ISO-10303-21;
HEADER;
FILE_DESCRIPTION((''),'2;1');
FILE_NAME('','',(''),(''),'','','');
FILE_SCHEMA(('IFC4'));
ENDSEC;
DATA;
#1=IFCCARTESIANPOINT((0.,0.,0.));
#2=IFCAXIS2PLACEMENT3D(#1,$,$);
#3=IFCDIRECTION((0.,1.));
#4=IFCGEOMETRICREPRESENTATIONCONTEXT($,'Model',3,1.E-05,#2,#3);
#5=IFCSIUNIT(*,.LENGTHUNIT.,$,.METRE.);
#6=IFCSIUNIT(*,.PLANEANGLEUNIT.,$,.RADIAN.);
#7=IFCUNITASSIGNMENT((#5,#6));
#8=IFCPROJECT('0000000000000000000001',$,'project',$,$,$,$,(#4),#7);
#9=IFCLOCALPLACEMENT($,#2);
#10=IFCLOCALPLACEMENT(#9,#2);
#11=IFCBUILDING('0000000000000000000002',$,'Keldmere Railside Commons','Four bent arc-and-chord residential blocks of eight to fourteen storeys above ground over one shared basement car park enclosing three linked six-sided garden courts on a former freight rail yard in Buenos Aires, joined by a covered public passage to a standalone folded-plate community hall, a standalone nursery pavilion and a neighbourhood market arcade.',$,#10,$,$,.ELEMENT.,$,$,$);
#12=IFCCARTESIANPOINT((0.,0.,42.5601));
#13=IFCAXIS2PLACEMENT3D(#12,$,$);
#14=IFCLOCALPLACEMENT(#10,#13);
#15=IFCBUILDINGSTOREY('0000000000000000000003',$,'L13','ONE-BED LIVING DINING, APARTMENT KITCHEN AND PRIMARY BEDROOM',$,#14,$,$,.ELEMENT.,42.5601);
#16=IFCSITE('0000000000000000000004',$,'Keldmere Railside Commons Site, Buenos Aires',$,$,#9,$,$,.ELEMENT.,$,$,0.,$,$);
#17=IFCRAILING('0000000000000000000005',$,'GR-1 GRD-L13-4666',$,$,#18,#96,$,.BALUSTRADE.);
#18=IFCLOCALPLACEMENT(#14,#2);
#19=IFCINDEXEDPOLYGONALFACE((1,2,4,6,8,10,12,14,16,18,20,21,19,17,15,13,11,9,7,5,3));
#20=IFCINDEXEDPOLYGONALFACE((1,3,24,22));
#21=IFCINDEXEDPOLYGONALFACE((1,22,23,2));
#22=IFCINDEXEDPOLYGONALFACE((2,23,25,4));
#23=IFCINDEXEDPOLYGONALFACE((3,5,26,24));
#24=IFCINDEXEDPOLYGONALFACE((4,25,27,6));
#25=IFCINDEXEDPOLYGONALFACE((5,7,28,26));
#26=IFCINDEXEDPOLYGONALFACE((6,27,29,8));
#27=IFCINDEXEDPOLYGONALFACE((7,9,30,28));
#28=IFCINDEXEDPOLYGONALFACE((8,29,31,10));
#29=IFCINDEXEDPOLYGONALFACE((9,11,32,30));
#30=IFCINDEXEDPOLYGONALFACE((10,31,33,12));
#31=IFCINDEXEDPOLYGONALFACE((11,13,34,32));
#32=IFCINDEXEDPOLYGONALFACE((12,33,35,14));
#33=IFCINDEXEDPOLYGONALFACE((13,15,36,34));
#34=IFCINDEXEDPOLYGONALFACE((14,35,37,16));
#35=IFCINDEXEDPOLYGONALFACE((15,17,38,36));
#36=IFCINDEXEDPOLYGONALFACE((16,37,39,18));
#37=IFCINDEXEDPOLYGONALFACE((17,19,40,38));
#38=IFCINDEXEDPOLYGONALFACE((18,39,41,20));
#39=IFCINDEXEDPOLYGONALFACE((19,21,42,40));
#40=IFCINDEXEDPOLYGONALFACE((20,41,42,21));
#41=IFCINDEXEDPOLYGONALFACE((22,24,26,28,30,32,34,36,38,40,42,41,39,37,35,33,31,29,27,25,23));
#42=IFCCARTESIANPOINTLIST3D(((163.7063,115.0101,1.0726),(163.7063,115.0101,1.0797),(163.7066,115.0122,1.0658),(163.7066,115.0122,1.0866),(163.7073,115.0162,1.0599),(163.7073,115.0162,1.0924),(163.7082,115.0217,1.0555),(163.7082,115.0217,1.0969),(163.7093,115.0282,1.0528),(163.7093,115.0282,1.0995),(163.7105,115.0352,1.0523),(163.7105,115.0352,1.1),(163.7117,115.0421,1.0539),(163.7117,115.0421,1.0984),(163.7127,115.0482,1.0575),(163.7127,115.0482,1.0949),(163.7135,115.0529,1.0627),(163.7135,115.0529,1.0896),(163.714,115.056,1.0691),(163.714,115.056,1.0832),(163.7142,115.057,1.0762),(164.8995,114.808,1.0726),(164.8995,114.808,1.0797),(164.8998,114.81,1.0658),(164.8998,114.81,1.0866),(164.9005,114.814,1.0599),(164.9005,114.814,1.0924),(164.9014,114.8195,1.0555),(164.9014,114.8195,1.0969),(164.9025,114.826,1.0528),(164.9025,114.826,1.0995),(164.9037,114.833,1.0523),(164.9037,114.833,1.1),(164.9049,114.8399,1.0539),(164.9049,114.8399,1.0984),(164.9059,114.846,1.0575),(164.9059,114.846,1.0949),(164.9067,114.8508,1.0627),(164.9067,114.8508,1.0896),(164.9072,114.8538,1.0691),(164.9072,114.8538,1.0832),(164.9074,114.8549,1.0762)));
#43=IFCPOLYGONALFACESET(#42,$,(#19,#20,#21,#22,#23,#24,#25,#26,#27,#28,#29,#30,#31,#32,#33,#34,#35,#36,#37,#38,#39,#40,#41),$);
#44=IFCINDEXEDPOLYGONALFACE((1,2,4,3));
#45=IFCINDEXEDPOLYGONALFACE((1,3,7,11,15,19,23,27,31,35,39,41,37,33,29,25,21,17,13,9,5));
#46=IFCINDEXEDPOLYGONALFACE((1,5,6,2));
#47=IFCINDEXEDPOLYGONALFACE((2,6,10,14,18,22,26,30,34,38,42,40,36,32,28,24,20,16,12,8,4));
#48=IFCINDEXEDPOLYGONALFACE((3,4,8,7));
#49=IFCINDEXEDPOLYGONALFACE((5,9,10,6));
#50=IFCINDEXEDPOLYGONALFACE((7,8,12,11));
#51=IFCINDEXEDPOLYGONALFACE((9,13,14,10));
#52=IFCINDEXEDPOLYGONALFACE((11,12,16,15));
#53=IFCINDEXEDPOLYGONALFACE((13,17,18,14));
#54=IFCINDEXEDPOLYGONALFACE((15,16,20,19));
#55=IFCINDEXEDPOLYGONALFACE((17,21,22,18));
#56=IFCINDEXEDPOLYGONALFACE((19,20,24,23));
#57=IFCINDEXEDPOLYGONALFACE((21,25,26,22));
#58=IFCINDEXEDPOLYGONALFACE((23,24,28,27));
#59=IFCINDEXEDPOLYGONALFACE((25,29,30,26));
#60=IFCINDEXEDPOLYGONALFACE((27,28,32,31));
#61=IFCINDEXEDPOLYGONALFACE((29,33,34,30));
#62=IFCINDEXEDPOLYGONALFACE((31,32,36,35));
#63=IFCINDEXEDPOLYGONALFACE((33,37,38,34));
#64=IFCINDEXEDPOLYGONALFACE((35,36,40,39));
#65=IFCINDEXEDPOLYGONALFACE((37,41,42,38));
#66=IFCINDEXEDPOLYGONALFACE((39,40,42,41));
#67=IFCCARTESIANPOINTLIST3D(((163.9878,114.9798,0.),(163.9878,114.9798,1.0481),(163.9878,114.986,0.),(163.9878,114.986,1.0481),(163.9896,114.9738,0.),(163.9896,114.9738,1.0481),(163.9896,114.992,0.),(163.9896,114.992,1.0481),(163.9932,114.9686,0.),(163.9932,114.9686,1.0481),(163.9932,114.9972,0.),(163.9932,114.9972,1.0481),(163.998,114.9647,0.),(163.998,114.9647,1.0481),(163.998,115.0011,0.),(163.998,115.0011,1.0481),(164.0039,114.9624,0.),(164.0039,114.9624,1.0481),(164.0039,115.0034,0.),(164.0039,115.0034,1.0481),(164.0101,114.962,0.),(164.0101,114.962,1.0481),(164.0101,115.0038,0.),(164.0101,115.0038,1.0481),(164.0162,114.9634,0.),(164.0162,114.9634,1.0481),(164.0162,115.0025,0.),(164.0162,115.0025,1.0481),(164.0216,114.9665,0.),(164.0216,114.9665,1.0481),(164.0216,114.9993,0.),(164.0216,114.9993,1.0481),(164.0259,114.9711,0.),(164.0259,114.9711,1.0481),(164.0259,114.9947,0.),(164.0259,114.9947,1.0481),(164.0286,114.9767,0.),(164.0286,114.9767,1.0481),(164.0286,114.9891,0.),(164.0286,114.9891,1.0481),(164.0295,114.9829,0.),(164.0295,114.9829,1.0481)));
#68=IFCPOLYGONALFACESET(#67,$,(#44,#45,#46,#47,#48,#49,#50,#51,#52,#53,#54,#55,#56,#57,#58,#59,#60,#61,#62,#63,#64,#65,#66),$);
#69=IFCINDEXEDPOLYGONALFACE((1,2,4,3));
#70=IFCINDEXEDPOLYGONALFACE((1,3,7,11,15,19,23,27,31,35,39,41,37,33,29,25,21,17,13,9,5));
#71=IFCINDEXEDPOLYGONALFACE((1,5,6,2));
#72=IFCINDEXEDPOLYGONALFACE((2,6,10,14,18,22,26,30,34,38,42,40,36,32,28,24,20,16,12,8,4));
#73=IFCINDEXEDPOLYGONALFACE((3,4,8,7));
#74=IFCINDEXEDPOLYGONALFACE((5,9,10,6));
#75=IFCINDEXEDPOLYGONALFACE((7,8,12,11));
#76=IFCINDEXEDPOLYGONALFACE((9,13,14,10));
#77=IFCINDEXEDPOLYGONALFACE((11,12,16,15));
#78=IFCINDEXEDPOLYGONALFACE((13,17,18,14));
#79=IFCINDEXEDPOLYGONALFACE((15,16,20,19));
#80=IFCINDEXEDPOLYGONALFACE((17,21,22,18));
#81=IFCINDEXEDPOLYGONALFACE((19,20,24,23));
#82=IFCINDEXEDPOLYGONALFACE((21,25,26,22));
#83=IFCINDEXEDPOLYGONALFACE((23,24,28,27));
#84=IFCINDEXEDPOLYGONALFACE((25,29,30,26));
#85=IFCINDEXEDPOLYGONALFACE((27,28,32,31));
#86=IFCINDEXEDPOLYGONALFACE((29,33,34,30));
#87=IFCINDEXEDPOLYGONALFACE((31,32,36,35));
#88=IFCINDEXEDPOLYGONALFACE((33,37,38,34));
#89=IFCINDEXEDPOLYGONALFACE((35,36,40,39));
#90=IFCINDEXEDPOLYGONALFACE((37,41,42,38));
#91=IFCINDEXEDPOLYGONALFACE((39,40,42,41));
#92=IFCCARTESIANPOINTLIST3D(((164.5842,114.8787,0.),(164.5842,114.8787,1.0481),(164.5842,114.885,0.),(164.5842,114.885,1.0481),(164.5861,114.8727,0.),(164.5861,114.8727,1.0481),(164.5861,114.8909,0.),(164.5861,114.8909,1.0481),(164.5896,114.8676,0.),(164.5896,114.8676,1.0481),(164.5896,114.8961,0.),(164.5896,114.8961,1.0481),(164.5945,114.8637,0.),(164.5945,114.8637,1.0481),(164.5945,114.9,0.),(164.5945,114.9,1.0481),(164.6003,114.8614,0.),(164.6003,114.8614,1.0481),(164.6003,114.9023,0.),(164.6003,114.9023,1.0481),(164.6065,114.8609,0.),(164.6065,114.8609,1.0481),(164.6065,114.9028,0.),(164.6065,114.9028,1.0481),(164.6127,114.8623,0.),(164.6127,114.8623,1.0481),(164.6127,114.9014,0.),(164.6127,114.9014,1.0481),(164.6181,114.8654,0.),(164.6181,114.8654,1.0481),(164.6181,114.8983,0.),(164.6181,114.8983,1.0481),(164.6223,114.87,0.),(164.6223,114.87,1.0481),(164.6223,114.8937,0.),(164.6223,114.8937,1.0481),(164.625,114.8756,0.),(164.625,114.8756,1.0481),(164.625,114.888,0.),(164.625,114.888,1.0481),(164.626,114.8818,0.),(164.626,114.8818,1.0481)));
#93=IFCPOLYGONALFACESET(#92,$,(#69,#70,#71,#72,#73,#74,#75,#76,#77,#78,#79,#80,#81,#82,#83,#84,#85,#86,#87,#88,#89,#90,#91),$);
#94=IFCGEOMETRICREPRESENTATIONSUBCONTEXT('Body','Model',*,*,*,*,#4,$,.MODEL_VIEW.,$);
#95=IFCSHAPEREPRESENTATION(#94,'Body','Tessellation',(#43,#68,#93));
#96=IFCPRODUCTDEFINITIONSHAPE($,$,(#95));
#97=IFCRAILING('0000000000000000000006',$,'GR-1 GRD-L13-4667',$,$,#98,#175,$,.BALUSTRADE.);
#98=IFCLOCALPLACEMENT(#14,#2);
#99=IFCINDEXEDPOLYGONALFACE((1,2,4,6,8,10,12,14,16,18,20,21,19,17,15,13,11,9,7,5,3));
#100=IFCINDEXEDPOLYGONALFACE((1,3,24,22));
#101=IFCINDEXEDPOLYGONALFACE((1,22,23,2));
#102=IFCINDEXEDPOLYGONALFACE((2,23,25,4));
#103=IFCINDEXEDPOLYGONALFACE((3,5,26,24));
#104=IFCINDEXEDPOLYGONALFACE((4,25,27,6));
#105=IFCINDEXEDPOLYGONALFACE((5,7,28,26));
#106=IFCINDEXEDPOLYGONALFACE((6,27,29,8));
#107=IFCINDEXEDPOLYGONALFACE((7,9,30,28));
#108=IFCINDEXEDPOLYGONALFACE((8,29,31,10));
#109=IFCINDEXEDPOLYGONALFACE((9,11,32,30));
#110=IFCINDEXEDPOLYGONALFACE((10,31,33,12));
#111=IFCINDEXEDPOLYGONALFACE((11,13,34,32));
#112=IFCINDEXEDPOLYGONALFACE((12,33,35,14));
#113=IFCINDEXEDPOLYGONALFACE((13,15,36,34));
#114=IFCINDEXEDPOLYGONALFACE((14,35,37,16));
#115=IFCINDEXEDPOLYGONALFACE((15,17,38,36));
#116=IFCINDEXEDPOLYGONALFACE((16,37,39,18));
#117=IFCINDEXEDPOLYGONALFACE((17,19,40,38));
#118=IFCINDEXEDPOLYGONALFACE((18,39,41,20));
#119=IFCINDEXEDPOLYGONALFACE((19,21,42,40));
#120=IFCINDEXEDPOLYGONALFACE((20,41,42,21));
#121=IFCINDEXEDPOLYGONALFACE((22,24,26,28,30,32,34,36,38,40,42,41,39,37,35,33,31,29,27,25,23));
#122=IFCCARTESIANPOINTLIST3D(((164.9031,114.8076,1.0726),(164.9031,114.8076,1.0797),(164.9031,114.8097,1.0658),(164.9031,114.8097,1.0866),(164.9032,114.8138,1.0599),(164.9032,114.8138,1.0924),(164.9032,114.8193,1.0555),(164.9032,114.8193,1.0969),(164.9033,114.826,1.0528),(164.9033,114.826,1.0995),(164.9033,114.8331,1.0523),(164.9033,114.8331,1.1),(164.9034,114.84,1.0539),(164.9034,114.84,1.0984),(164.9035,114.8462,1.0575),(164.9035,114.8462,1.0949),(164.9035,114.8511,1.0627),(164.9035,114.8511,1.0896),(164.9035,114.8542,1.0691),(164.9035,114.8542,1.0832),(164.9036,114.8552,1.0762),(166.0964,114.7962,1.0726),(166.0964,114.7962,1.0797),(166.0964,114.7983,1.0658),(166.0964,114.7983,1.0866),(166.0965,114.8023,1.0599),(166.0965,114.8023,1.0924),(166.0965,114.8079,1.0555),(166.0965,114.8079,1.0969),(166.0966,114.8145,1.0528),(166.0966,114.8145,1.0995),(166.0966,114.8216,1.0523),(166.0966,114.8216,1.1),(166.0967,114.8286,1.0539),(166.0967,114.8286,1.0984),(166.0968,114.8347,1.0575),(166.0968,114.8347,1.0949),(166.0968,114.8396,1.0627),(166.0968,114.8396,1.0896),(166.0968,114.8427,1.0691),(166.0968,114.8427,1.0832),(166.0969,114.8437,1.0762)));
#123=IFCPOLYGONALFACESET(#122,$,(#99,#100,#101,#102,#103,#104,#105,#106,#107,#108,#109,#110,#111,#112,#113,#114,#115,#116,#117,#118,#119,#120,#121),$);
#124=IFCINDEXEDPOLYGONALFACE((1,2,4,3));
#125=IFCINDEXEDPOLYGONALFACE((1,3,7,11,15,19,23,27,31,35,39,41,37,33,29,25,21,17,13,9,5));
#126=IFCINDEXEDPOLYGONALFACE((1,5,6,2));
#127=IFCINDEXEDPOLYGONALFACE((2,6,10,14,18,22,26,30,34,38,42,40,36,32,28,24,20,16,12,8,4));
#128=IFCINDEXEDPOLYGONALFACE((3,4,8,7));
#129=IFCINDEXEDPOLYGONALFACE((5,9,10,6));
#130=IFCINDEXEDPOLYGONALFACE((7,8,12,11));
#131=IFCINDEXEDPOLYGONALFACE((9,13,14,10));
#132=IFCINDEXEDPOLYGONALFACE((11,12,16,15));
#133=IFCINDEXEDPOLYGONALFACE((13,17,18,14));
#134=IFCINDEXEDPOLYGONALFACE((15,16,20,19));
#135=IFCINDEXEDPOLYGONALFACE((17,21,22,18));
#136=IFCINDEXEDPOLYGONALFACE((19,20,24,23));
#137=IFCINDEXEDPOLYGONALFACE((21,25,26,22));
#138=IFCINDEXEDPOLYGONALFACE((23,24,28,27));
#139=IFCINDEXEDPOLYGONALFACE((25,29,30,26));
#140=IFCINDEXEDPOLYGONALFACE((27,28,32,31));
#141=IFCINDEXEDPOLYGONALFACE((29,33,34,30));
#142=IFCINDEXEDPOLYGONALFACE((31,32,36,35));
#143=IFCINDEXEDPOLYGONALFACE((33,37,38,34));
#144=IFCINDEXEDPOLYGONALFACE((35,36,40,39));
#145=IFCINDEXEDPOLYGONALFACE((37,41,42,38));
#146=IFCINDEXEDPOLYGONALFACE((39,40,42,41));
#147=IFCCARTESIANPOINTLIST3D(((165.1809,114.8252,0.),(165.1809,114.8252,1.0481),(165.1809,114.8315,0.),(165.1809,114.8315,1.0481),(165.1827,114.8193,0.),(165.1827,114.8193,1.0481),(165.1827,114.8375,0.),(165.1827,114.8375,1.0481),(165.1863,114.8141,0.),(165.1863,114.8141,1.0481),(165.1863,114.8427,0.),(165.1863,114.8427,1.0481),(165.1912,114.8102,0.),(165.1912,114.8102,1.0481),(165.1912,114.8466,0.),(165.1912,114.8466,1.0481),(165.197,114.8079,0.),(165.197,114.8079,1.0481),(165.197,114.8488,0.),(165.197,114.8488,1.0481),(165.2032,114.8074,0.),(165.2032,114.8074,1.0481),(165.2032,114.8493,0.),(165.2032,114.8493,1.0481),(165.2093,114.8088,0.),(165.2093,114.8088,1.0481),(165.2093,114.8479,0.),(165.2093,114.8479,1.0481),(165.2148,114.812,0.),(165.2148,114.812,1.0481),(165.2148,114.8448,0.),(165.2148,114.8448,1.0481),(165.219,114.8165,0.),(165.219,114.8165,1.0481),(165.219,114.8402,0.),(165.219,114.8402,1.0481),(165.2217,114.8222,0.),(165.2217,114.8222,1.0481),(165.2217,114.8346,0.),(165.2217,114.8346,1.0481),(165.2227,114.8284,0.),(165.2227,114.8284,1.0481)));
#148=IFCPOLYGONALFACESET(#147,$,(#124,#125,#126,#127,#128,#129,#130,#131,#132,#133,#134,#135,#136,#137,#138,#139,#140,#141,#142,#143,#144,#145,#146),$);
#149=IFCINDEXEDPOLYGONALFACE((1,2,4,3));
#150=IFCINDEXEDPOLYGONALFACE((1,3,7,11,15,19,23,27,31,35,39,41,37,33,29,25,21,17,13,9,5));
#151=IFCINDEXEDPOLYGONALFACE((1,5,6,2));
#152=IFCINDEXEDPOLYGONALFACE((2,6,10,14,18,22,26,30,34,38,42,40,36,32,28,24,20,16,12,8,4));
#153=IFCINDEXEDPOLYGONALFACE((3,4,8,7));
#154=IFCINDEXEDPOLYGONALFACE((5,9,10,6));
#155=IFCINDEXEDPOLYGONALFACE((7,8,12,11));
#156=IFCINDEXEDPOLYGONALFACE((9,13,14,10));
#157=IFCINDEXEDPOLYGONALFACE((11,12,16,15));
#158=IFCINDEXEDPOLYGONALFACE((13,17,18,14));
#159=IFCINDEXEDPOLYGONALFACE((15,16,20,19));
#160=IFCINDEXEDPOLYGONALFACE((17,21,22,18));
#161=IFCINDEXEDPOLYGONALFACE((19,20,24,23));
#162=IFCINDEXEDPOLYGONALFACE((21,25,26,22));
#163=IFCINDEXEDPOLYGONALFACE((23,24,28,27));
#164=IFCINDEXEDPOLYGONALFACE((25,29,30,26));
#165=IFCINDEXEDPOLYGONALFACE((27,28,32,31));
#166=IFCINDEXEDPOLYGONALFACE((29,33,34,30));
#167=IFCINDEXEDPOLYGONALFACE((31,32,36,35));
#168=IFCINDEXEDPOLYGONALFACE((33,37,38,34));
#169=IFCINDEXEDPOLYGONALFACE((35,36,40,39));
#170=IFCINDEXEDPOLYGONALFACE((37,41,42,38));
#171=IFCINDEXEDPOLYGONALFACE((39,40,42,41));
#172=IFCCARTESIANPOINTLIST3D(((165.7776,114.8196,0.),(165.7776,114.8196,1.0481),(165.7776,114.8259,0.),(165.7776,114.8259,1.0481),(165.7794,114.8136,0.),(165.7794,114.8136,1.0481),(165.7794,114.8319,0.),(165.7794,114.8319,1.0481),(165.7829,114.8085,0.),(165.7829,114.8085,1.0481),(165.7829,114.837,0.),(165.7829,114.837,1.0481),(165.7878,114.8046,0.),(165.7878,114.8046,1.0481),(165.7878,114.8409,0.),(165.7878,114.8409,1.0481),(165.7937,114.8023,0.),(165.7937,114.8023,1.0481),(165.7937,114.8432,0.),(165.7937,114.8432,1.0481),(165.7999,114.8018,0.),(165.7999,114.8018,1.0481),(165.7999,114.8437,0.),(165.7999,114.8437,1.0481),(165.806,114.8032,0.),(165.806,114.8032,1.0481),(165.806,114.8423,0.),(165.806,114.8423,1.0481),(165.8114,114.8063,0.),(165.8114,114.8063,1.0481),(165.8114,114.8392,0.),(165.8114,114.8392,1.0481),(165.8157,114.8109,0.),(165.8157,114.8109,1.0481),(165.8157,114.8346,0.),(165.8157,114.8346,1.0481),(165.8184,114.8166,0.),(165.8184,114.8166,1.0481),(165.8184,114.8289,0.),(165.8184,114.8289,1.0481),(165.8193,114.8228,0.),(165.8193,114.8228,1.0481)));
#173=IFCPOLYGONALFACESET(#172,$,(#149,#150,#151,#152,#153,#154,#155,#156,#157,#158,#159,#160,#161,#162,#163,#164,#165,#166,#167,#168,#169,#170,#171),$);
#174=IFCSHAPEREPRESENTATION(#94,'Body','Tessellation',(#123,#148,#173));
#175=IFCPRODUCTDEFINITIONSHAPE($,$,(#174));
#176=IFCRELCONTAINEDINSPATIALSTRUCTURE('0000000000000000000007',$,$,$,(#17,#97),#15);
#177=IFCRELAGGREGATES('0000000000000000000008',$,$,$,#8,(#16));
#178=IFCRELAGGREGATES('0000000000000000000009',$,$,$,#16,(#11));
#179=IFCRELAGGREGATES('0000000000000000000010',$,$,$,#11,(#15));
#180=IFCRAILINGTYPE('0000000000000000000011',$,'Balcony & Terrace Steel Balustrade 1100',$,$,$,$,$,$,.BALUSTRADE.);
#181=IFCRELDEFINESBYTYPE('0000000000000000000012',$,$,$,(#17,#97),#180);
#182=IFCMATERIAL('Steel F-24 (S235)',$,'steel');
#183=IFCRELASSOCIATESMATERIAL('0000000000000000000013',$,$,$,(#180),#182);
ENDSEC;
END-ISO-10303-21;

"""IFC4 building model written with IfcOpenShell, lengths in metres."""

from ifc_helpers import new_model, si_unit, direction, frame, origin, origin_2d, place, context, subcontext, project, spatial, circle, extrude, material, type_object, element, save


model = new_model("IFC4")

# Units and contexts
model_context = context("Model", 3, precision=1e-05, world=origin(), true_north=direction((0.0, 1.0)))
body_context = subcontext(model_context, "Body", "Model", "MODEL_VIEW")
ifc_project = project(units=[si_unit("LENGTHUNIT", "METRE"), si_unit("PLANEANGLEUNIT", "RADIAN")], contexts=[model_context])

# Site, building, storey
site_placement = place(None, origin())
site = spatial("IfcSite", under=ifc_project, at=site_placement, Name="Keldmere Railside Commons Site, Buenos Aires", CompositionType="ELEMENT", RefElevation=0.0)
building_placement = place(site_placement, origin())
building = spatial("IfcBuilding", under=site, at=building_placement, Name="Keldmere Railside Commons", Description="Four bent arc-and-chord residential blocks of eight to fourteen storeys above ground over one shared basement car park enclosing three linked six-sided garden courts on a former freight rail yard in Buenos Aires, joined by a covered public passage to a standalone folded-plate community hall, a standalone nursery pavilion and a neighbourhood market arcade.", CompositionType="ELEMENT")
storey_placement = place(building_placement, frame((0.0, 0.0, 42.5601)))
storey = spatial("IfcBuildingStorey", under=building, at=storey_placement, Name="L13", Description="ONE-BED LIVING DINING, APARTMENT KITCHEN AND PRIMARY BEDROOM", CompositionType="ELEMENT", Elevation=42.5601)

# Railings
ifc_material_1 = material(Name="Steel F-24 (S235)", Category="steel")
railing_type = type_object("IfcRailingType", Name="Balcony & Terrace Steel Balustrade 1100", PredefinedType="BALUSTRADE", material=ifc_material_1)
railing_1_placement = place(storey_placement, frame((163.7102, 115.0334, 0.0)))
element("IfcRailing", 1, at=railing_1_placement, inside=storey, type_object=railing_type, Name="GR-1 GRD-L13-4666", PredefinedType="BALUSTRADE", context=body_context, shape_type="SweptSolid", body=[
    extrude(circle(Radius=0.0239, at=origin_2d()), frame((0.0, 0.0, 1.0762), z_axis=(0.985949, -0.167048, 0.0), x_axis=(0.167048, 0.985949, 0.0)), (0.0, 0.0, 1.0), 1.2102),
    extrude(circle(Radius=0.021, at=origin_2d()), frame((0.2983, -0.0505, 0.0)), (0.0, 0.0, 1.0), 1.0481),
    extrude(circle(Radius=0.021, at=origin_2d()), frame((0.8948, -0.1516, 0.0)), (0.0, 0.0, 1.0), 1.0481),
])
railing_2_placement = place(storey_placement, frame((164.9033, 114.8313, 0.0)))
element("IfcRailing", 2, at=railing_2_placement, inside=storey, type_object=railing_type, Name="GR-1 GRD-L13-4667", PredefinedType="BALUSTRADE", context=body_context, shape_type="SweptSolid", body=[
    extrude(circle(Radius=0.0239, at=origin_2d()), frame((0.0, 0.0, 1.0762), z_axis=(0.999954, -0.009615, 0.0), x_axis=(0.009615, 0.999954, 0.0)), (0.0, 0.0, 1.0), 1.1934),
    extrude(circle(Radius=0.021, at=origin_2d()), frame((0.2983, -0.0029, 0.0)), (0.0, 0.0, 1.0), 1.0481),
    extrude(circle(Radius=0.021, at=origin_2d()), frame((0.895, -0.0085, 0.0)), (0.0, 0.0, 1.0), 1.0481),
])

save(model, "model.ifc")
